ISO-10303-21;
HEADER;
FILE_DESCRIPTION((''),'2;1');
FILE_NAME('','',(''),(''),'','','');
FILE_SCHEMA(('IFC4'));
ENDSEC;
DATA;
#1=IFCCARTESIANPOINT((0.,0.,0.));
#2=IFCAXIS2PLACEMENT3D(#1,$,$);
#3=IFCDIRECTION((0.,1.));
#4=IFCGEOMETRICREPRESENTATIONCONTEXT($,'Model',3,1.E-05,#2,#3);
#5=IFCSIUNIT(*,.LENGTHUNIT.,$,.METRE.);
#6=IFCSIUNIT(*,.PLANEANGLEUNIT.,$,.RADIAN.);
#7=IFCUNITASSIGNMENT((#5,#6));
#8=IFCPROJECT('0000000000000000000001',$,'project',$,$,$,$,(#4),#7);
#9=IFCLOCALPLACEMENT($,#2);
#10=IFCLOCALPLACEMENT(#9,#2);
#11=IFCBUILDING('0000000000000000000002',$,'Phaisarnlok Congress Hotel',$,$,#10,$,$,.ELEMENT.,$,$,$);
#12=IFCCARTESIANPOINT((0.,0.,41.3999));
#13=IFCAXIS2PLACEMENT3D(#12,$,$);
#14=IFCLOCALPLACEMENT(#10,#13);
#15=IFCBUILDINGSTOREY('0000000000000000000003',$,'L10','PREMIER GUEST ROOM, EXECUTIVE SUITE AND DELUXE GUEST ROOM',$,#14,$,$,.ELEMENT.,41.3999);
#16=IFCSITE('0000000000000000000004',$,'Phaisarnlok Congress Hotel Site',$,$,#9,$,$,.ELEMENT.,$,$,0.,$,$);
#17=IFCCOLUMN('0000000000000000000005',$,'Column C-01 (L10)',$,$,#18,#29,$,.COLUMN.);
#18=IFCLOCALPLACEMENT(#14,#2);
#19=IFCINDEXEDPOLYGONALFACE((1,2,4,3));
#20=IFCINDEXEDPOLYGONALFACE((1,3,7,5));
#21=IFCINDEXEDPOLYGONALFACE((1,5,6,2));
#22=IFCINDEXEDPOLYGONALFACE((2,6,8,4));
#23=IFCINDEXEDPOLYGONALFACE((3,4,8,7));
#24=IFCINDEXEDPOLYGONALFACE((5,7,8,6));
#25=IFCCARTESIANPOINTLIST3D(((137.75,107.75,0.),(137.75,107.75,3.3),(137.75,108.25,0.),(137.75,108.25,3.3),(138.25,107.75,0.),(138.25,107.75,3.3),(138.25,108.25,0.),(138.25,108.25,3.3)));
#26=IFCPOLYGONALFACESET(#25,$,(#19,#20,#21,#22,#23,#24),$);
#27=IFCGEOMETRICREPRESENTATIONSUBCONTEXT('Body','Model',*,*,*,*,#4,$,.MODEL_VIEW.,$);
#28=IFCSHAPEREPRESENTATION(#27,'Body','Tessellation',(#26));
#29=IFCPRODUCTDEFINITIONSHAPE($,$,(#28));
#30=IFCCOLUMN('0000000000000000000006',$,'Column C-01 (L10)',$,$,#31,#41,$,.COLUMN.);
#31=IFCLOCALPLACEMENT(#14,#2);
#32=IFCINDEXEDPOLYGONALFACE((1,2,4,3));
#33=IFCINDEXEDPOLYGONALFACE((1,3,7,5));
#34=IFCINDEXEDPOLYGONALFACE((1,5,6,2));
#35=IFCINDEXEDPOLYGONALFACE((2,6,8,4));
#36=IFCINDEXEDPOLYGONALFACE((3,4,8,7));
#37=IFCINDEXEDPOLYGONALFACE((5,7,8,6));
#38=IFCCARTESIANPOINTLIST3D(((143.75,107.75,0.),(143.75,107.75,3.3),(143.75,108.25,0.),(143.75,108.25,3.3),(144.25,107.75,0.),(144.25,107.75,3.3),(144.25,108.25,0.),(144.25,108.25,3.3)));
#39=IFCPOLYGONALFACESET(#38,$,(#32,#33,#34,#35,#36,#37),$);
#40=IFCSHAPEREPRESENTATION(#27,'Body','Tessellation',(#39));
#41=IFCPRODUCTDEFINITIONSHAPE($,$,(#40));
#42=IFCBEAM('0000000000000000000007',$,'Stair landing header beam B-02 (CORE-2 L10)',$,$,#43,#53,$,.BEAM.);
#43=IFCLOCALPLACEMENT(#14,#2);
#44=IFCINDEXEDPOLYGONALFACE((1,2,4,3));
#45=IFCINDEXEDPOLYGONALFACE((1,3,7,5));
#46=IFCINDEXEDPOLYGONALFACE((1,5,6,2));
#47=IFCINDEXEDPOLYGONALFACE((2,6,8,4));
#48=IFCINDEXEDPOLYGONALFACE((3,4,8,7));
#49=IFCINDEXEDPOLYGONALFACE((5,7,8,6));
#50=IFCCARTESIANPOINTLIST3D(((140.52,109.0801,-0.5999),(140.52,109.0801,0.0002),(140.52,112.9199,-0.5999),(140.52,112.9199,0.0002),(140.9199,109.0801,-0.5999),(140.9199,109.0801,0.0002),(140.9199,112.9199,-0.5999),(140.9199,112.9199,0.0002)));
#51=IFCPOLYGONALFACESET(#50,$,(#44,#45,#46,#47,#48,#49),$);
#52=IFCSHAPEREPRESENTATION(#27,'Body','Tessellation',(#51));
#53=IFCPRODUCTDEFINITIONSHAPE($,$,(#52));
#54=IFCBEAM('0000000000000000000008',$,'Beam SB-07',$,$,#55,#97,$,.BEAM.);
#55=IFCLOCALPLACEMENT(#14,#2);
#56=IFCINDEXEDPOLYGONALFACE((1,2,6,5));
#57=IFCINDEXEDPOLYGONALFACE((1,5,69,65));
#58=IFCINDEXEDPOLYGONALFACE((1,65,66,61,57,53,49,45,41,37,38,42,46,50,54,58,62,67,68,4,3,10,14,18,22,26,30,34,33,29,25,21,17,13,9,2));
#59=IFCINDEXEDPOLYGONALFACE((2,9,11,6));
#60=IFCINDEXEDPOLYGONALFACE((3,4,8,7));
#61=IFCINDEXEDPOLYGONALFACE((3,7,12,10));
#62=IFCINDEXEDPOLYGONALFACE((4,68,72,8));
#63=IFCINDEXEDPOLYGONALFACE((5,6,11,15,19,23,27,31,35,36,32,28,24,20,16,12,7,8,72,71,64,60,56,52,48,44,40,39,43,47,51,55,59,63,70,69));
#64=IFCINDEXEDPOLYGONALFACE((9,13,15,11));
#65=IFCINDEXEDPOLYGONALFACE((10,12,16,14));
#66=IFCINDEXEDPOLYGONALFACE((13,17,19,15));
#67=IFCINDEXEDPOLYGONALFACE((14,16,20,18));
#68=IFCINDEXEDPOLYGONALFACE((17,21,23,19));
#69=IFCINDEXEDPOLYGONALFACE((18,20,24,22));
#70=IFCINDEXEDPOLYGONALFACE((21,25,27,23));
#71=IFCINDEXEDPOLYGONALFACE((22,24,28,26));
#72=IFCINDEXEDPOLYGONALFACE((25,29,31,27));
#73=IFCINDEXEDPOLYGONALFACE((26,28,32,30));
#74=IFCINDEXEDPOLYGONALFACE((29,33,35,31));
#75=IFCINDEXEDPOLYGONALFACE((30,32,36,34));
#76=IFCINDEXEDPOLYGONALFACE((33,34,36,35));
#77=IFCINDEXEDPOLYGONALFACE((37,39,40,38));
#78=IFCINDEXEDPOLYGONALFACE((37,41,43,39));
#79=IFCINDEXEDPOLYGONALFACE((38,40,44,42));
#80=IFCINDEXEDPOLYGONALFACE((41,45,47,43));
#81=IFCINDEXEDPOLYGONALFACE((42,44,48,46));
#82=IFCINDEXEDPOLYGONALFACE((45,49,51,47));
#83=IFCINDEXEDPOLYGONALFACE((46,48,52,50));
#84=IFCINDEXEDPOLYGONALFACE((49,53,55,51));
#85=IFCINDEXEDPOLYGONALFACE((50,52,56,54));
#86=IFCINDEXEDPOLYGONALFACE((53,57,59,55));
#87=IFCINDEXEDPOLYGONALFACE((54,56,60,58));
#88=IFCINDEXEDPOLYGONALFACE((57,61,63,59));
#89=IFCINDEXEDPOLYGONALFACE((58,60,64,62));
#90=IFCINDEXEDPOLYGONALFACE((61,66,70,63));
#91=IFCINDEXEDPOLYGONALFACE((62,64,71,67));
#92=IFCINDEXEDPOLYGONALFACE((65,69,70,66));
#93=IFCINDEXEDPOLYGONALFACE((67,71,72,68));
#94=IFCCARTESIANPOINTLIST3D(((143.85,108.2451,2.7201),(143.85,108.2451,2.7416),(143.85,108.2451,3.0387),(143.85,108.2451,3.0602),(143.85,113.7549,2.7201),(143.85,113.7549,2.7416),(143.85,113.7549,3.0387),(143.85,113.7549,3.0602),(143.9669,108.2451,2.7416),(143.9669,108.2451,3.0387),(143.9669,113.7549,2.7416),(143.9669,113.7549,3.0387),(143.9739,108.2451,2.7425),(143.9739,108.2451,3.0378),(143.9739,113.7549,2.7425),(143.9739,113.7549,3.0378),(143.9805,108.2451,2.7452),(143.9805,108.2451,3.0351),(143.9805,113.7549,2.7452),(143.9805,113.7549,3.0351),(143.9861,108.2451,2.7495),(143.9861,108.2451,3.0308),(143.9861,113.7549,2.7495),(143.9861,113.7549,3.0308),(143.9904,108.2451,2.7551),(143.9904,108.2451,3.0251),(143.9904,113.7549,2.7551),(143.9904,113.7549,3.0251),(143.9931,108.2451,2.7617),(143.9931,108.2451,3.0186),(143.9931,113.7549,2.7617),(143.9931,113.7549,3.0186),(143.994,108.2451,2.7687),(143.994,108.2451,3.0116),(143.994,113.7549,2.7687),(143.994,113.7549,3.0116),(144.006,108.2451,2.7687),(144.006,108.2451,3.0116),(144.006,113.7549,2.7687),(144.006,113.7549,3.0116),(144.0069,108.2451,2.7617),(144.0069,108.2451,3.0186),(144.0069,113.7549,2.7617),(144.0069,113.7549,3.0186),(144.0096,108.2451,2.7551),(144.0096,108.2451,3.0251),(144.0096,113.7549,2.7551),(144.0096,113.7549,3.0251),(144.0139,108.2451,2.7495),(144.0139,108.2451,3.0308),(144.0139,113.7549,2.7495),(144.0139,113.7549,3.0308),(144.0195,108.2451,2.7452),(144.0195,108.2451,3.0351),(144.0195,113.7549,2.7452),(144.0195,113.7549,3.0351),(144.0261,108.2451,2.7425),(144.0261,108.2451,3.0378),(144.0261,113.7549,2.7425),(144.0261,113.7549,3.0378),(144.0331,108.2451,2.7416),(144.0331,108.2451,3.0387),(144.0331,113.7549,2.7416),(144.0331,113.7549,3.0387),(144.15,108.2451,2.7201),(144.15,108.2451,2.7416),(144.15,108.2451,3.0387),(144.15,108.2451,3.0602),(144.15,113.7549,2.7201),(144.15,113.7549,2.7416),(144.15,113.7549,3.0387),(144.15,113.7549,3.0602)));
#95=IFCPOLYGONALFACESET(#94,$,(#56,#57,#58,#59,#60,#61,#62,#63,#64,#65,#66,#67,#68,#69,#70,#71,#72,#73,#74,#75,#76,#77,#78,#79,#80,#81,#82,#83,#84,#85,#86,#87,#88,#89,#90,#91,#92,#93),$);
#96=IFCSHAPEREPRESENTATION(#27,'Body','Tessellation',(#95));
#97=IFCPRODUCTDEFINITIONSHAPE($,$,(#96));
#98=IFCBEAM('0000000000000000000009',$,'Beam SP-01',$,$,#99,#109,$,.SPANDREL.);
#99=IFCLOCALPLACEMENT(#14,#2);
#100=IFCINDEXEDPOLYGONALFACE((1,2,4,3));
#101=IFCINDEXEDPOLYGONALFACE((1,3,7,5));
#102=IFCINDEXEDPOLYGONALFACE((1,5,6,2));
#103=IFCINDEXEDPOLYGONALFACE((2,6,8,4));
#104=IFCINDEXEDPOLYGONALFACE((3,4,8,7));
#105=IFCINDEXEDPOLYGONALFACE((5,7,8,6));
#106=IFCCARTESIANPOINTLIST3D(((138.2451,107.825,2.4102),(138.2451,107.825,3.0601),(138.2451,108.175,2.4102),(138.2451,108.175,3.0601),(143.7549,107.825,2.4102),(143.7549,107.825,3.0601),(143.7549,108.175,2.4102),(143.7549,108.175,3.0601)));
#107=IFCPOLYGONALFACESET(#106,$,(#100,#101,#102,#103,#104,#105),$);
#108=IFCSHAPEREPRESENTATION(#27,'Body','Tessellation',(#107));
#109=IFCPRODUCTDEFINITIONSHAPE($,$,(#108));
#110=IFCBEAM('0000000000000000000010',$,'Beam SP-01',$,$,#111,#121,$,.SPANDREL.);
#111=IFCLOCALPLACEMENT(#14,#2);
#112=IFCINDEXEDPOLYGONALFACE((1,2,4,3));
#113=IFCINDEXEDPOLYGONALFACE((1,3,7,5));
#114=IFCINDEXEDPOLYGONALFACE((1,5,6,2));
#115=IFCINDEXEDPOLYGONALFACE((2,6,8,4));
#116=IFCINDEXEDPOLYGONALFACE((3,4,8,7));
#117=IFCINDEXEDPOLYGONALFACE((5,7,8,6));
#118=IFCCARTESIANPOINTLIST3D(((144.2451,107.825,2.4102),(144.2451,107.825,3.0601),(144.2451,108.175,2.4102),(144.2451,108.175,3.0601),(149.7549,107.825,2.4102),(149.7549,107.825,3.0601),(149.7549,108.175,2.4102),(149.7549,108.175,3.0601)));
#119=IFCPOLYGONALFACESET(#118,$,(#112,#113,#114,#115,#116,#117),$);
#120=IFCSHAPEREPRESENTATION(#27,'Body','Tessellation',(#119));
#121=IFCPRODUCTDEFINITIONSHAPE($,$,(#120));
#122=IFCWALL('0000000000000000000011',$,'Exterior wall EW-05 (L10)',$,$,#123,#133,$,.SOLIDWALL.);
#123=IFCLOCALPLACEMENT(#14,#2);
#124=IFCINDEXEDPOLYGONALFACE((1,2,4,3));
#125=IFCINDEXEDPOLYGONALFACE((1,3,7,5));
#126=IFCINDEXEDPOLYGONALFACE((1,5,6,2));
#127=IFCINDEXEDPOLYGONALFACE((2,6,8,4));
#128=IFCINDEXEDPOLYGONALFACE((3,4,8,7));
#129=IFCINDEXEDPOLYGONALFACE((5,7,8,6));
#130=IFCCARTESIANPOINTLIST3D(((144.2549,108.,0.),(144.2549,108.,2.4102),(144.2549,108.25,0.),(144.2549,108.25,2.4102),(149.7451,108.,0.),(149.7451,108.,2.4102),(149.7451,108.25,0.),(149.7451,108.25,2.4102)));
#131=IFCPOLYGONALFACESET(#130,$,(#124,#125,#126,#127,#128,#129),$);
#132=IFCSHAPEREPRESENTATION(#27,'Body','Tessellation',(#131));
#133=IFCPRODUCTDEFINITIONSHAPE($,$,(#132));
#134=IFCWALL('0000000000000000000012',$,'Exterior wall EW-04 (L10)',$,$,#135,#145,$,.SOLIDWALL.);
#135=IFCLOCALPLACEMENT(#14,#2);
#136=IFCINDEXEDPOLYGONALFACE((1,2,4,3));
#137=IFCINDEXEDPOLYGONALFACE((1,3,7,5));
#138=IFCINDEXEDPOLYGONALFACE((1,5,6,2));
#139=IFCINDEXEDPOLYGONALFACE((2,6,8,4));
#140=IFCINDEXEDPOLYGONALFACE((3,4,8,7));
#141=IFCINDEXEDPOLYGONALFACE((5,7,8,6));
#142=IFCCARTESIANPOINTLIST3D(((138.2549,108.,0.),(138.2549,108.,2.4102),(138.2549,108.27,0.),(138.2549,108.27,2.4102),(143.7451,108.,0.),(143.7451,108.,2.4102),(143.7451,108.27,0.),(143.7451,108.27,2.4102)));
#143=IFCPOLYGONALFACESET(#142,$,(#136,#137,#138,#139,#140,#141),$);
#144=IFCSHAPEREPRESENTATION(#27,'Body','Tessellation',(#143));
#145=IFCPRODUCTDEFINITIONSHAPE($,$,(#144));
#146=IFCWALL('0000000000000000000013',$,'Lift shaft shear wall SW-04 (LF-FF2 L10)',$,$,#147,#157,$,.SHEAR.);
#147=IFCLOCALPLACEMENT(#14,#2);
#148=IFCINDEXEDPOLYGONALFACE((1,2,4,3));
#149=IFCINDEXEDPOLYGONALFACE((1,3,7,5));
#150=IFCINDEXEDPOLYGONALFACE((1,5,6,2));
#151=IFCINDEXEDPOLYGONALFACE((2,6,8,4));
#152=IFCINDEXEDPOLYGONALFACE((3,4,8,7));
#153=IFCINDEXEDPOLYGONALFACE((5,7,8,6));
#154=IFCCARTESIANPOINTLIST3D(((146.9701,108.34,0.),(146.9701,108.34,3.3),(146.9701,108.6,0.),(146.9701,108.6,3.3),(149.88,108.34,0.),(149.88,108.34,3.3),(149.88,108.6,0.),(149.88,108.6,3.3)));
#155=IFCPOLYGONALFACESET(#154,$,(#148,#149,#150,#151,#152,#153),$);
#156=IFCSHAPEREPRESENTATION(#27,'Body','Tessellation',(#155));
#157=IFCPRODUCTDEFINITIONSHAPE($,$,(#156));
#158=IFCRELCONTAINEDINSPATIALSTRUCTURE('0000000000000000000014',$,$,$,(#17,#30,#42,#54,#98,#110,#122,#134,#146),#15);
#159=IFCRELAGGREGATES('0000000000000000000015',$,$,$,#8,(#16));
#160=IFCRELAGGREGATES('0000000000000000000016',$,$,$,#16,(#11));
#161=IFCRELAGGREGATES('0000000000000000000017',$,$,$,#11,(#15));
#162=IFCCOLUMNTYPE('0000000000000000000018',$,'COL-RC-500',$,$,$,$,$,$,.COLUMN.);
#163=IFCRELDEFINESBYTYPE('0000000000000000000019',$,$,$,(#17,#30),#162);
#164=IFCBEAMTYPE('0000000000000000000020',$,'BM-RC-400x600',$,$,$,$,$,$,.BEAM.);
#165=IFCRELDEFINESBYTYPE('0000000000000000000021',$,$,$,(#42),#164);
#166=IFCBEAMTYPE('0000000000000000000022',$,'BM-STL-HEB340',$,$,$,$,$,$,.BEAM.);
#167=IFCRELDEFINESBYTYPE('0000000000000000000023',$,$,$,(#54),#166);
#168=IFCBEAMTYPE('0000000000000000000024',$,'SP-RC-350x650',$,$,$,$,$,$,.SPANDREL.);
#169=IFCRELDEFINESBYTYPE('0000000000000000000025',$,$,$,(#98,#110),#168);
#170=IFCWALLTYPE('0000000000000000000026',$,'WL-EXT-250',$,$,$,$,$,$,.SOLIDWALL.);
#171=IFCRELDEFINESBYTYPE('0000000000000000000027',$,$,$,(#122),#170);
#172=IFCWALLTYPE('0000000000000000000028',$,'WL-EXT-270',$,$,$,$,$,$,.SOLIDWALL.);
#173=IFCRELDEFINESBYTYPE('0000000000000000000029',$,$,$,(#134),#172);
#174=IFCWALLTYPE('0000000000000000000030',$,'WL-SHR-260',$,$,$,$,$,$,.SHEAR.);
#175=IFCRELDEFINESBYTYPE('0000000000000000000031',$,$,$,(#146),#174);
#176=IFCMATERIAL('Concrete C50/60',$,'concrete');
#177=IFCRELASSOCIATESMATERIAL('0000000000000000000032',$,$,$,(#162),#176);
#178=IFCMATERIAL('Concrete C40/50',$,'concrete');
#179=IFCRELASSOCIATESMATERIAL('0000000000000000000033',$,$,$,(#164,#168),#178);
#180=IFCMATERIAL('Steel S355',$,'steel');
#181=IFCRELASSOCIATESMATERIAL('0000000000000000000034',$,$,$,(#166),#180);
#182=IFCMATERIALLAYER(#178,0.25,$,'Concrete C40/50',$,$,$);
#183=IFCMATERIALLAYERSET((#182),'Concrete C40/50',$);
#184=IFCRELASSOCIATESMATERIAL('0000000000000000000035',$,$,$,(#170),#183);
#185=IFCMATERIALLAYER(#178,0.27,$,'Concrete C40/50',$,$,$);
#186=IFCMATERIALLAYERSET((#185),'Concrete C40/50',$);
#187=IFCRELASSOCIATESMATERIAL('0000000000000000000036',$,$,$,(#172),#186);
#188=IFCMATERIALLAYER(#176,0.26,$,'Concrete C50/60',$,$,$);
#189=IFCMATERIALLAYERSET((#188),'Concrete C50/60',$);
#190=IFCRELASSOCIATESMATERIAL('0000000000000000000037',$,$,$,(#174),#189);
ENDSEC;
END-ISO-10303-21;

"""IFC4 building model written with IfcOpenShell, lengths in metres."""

from ifc_helpers import new_model, si_unit, direction, frame, frame_2d, origin, origin_2d, place, context, subcontext, project, spatial, rectangle, i_section, extrude, material, layer, layer_set, material_profile, profile_set, type_object, element, save


model = new_model("IFC4")

# Units and contexts
model_context = context("Model", 3, precision=1e-05, world=origin(), true_north=direction((0.0, 1.0)))
body_context = subcontext(model_context, "Body", "Model", "MODEL_VIEW")
ifc_project = project(units=[si_unit("LENGTHUNIT", "METRE"), si_unit("PLANEANGLEUNIT", "RADIAN")], contexts=[model_context])

# Site, building, storey
site_placement = place(None, origin())
site = spatial("IfcSite", under=ifc_project, at=site_placement, Name="Phaisarnlok Congress Hotel Site", CompositionType="ELEMENT", RefElevation=0.0)
building_placement = place(site_placement, origin())
building = spatial("IfcBuilding", under=site, at=building_placement, Name="Phaisarnlok Congress Hotel", CompositionType="ELEMENT")
storey_placement = place(building_placement, frame((0.0, 0.0, 41.3999)))
storey = spatial("IfcBuildingStorey", under=building, at=storey_placement, Name="L10", Description="PREMIER GUEST ROOM, EXECUTIVE SUITE AND DELUXE GUEST ROOM", CompositionType="ELEMENT", Elevation=41.3999)

# Columns
ifc_material_1 = material(Name="Concrete C50/60", Category="concrete")
ifc_material_profile_1 = material_profile(ifc_material_1, rectangle(XDim=0.5, YDim=0.5, at=origin_2d()), Name="RC 500x500")
ifc_profile_set_1 = profile_set([ifc_material_profile_1], Name="Concrete C50/60")
column_type = type_object("IfcColumnType", Name="COL-RC-500", PredefinedType="COLUMN", material=ifc_profile_set_1)
for number, where, z_axis, x_axis, name in (
    (1, (138.0, 108.0, 0.0), (0.0, 0.0, 1.0), (1.0, 0.0, 0.0), "Column C-01 (L10)"),
    (2, (144.0, 108.0, 0.0), (0.0, 0.0, 1.0), (1.0, 0.0, 0.0), "Column C-01 (L10)"),
):
    element("IfcColumn", number, at=place(storey_placement, frame(where, z_axis=z_axis, x_axis=x_axis)), inside=storey, type_object=column_type, Name=name, PredefinedType="COLUMN", context=body_context, shape_type="SweptSolid", body=[
        extrude(rectangle(XDim=0.5, YDim=0.5, at=origin_2d()), origin(), (0.0, 0.0, 1.0), 3.3),
    ])

# Beams
ifc_material_2 = material(Name="Concrete C40/50", Category="concrete")
ifc_material_profile_2 = material_profile(ifc_material_2, rectangle(XDim=0.3999, YDim=0.6001, at=origin_2d()), Name="RC 400x600")
ifc_profile_set_2 = profile_set([ifc_material_profile_2], Name="Concrete C40/50")
beam_type_1 = type_object("IfcBeamType", Name="BM-RC-400x600", PredefinedType="BEAM", material=ifc_profile_set_2)
beam_1_placement = place(storey_placement, frame((140.72, 109.0801, -0.2998), z_axis=(0.0, 1.0, 0.0), x_axis=(-1.0, 0.0, 0.0)))
element("IfcBeam", 3, at=beam_1_placement, inside=storey, type_object=beam_type_1, Name="Stair landing header beam B-02 (CORE-2 L10)", PredefinedType="BEAM", context=body_context, shape_type="SweptSolid", body=[
    extrude(rectangle(XDim=0.3999, YDim=0.6001, at=origin_2d()), origin(), (0.0, 0.0, 1.0), 3.8398),
])
ifc_material_3 = material(Name="Steel S355", Category="steel")
ifc_material_profile_3 = material_profile(ifc_material_3, i_section(OverallWidth=0.3, OverallDepth=0.3401, WebThickness=0.012, FlangeThickness=0.0215, FilletRadius=0.0271, at=origin_2d()), Name="HEB 340")
ifc_profile_set_3 = profile_set([ifc_material_profile_3], Name="Steel S355")
beam_type_2 = type_object("IfcBeamType", Name="BM-STL-HEB340", PredefinedType="BEAM", material=ifc_profile_set_3)
beam_2_placement = place(storey_placement, frame((144.0, 108.2451, 2.8901), z_axis=(0.0, 1.0, 0.0), x_axis=(-1.0, 0.0, 0.0)))
element("IfcBeam", 4, at=beam_2_placement, inside=storey, type_object=beam_type_2, Name="Beam SB-07", PredefinedType="BEAM", context=body_context, shape_type="SweptSolid", body=[
    extrude(i_section(OverallWidth=0.3, OverallDepth=0.3401, WebThickness=0.012, FlangeThickness=0.0215, FilletRadius=0.0271, at=origin_2d()), origin(), (0.0, 0.0, 1.0), 5.5098),
])
ifc_material_profile_4 = material_profile(ifc_material_2, rectangle(XDim=0.3501, YDim=0.6499, at=origin_2d()), Name="RC 350x650")
ifc_profile_set_4 = profile_set([ifc_material_profile_4], Name="Concrete C40/50")
beam_type_3 = type_object("IfcBeamType", Name="SP-RC-350x650", PredefinedType="SPANDREL", material=ifc_profile_set_4)
for number, where, z_axis, x_axis, name in (
    (5, (138.2451, 108.0, 2.7351), (1.0, 0.0, 0.0), (0.0, 1.0, 0.0), "Beam SP-01"),
    (6, (144.2451, 108.0, 2.7351), (1.0, 0.0, 0.0), (0.0, 1.0, 0.0), "Beam SP-01"),
):
    element("IfcBeam", number, at=place(storey_placement, frame(where, z_axis=z_axis, x_axis=x_axis)), inside=storey, type_object=beam_type_3, Name=name, PredefinedType="SPANDREL", context=body_context, shape_type="SweptSolid", body=[
        extrude(rectangle(XDim=0.3501, YDim=0.6499, at=origin_2d()), origin(), (0.0, 0.0, 1.0), 5.5098),
    ])

# Walls
ifc_layer_1 = layer(ifc_material_2, 0.25, Name="Concrete C40/50")
ifc_layer_set_1 = layer_set([ifc_layer_1], Name="Concrete C40/50")
wall_type_1 = type_object("IfcWallType", Name="WL-EXT-250", PredefinedType="SOLIDWALL", material=ifc_layer_set_1)
wall_1_placement = place(storey_placement, frame((144.2549, 108.125, 0.0), z_axis=(0.0, 0.0, 1.0), x_axis=(1.0, 0.0, 0.0)))
element("IfcWall", 7, at=wall_1_placement, inside=storey, type_object=wall_type_1, Name="Exterior wall EW-05 (L10)", PredefinedType="SOLIDWALL", context=body_context, shape_type="SweptSolid", body=[
    extrude(rectangle(XDim=5.4902, YDim=0.25, at=frame_2d((2.7451, 0.0))), origin(), (0.0, 0.0, 1.0), 2.4102),
])
ifc_layer_2 = layer(ifc_material_2, 0.27, Name="Concrete C40/50")
ifc_layer_set_2 = layer_set([ifc_layer_2], Name="Concrete C40/50")
wall_type_2 = type_object("IfcWallType", Name="WL-EXT-270", PredefinedType="SOLIDWALL", material=ifc_layer_set_2)
wall_2_placement = place(storey_placement, frame((138.2549, 108.135, 0.0), z_axis=(0.0, 0.0, 1.0), x_axis=(1.0, 0.0, 0.0)))
element("IfcWall", 8, at=wall_2_placement, inside=storey, type_object=wall_type_2, Name="Exterior wall EW-04 (L10)", PredefinedType="SOLIDWALL", context=body_context, shape_type="SweptSolid", body=[
    extrude(rectangle(XDim=5.4902, YDim=0.27, at=frame_2d((2.7451, 0.0))), origin(), (0.0, 0.0, 1.0), 2.4102),
])

# Shared definitions
ifc_layer_3 = layer(ifc_material_1, 0.26, Name="Concrete C50/60")
ifc_layer_set_3 = layer_set([ifc_layer_3], Name="Concrete C50/60")
wall_type_3 = type_object("IfcWallType", Name="WL-SHR-260", PredefinedType="SHEAR", material=ifc_layer_set_3)

# Wall
wall_3_placement = place(storey_placement, frame((146.97, 108.47, 0.0), z_axis=(0.0, 0.0, 1.0), x_axis=(1.0, 0.0, 0.0)))
element("IfcWall", 9, at=wall_3_placement, inside=storey, type_object=wall_type_3, Name="Lift shaft shear wall SW-04 (LF-FF2 L10)", PredefinedType="SHEAR", context=body_context, shape_type="SweptSolid", body=[
    extrude(rectangle(XDim=2.9099, YDim=0.26, at=frame_2d((1.4551, 0.0))), origin(), (0.0, 0.0, 1.0), 3.3),
])

save(model, "model.ifc")
